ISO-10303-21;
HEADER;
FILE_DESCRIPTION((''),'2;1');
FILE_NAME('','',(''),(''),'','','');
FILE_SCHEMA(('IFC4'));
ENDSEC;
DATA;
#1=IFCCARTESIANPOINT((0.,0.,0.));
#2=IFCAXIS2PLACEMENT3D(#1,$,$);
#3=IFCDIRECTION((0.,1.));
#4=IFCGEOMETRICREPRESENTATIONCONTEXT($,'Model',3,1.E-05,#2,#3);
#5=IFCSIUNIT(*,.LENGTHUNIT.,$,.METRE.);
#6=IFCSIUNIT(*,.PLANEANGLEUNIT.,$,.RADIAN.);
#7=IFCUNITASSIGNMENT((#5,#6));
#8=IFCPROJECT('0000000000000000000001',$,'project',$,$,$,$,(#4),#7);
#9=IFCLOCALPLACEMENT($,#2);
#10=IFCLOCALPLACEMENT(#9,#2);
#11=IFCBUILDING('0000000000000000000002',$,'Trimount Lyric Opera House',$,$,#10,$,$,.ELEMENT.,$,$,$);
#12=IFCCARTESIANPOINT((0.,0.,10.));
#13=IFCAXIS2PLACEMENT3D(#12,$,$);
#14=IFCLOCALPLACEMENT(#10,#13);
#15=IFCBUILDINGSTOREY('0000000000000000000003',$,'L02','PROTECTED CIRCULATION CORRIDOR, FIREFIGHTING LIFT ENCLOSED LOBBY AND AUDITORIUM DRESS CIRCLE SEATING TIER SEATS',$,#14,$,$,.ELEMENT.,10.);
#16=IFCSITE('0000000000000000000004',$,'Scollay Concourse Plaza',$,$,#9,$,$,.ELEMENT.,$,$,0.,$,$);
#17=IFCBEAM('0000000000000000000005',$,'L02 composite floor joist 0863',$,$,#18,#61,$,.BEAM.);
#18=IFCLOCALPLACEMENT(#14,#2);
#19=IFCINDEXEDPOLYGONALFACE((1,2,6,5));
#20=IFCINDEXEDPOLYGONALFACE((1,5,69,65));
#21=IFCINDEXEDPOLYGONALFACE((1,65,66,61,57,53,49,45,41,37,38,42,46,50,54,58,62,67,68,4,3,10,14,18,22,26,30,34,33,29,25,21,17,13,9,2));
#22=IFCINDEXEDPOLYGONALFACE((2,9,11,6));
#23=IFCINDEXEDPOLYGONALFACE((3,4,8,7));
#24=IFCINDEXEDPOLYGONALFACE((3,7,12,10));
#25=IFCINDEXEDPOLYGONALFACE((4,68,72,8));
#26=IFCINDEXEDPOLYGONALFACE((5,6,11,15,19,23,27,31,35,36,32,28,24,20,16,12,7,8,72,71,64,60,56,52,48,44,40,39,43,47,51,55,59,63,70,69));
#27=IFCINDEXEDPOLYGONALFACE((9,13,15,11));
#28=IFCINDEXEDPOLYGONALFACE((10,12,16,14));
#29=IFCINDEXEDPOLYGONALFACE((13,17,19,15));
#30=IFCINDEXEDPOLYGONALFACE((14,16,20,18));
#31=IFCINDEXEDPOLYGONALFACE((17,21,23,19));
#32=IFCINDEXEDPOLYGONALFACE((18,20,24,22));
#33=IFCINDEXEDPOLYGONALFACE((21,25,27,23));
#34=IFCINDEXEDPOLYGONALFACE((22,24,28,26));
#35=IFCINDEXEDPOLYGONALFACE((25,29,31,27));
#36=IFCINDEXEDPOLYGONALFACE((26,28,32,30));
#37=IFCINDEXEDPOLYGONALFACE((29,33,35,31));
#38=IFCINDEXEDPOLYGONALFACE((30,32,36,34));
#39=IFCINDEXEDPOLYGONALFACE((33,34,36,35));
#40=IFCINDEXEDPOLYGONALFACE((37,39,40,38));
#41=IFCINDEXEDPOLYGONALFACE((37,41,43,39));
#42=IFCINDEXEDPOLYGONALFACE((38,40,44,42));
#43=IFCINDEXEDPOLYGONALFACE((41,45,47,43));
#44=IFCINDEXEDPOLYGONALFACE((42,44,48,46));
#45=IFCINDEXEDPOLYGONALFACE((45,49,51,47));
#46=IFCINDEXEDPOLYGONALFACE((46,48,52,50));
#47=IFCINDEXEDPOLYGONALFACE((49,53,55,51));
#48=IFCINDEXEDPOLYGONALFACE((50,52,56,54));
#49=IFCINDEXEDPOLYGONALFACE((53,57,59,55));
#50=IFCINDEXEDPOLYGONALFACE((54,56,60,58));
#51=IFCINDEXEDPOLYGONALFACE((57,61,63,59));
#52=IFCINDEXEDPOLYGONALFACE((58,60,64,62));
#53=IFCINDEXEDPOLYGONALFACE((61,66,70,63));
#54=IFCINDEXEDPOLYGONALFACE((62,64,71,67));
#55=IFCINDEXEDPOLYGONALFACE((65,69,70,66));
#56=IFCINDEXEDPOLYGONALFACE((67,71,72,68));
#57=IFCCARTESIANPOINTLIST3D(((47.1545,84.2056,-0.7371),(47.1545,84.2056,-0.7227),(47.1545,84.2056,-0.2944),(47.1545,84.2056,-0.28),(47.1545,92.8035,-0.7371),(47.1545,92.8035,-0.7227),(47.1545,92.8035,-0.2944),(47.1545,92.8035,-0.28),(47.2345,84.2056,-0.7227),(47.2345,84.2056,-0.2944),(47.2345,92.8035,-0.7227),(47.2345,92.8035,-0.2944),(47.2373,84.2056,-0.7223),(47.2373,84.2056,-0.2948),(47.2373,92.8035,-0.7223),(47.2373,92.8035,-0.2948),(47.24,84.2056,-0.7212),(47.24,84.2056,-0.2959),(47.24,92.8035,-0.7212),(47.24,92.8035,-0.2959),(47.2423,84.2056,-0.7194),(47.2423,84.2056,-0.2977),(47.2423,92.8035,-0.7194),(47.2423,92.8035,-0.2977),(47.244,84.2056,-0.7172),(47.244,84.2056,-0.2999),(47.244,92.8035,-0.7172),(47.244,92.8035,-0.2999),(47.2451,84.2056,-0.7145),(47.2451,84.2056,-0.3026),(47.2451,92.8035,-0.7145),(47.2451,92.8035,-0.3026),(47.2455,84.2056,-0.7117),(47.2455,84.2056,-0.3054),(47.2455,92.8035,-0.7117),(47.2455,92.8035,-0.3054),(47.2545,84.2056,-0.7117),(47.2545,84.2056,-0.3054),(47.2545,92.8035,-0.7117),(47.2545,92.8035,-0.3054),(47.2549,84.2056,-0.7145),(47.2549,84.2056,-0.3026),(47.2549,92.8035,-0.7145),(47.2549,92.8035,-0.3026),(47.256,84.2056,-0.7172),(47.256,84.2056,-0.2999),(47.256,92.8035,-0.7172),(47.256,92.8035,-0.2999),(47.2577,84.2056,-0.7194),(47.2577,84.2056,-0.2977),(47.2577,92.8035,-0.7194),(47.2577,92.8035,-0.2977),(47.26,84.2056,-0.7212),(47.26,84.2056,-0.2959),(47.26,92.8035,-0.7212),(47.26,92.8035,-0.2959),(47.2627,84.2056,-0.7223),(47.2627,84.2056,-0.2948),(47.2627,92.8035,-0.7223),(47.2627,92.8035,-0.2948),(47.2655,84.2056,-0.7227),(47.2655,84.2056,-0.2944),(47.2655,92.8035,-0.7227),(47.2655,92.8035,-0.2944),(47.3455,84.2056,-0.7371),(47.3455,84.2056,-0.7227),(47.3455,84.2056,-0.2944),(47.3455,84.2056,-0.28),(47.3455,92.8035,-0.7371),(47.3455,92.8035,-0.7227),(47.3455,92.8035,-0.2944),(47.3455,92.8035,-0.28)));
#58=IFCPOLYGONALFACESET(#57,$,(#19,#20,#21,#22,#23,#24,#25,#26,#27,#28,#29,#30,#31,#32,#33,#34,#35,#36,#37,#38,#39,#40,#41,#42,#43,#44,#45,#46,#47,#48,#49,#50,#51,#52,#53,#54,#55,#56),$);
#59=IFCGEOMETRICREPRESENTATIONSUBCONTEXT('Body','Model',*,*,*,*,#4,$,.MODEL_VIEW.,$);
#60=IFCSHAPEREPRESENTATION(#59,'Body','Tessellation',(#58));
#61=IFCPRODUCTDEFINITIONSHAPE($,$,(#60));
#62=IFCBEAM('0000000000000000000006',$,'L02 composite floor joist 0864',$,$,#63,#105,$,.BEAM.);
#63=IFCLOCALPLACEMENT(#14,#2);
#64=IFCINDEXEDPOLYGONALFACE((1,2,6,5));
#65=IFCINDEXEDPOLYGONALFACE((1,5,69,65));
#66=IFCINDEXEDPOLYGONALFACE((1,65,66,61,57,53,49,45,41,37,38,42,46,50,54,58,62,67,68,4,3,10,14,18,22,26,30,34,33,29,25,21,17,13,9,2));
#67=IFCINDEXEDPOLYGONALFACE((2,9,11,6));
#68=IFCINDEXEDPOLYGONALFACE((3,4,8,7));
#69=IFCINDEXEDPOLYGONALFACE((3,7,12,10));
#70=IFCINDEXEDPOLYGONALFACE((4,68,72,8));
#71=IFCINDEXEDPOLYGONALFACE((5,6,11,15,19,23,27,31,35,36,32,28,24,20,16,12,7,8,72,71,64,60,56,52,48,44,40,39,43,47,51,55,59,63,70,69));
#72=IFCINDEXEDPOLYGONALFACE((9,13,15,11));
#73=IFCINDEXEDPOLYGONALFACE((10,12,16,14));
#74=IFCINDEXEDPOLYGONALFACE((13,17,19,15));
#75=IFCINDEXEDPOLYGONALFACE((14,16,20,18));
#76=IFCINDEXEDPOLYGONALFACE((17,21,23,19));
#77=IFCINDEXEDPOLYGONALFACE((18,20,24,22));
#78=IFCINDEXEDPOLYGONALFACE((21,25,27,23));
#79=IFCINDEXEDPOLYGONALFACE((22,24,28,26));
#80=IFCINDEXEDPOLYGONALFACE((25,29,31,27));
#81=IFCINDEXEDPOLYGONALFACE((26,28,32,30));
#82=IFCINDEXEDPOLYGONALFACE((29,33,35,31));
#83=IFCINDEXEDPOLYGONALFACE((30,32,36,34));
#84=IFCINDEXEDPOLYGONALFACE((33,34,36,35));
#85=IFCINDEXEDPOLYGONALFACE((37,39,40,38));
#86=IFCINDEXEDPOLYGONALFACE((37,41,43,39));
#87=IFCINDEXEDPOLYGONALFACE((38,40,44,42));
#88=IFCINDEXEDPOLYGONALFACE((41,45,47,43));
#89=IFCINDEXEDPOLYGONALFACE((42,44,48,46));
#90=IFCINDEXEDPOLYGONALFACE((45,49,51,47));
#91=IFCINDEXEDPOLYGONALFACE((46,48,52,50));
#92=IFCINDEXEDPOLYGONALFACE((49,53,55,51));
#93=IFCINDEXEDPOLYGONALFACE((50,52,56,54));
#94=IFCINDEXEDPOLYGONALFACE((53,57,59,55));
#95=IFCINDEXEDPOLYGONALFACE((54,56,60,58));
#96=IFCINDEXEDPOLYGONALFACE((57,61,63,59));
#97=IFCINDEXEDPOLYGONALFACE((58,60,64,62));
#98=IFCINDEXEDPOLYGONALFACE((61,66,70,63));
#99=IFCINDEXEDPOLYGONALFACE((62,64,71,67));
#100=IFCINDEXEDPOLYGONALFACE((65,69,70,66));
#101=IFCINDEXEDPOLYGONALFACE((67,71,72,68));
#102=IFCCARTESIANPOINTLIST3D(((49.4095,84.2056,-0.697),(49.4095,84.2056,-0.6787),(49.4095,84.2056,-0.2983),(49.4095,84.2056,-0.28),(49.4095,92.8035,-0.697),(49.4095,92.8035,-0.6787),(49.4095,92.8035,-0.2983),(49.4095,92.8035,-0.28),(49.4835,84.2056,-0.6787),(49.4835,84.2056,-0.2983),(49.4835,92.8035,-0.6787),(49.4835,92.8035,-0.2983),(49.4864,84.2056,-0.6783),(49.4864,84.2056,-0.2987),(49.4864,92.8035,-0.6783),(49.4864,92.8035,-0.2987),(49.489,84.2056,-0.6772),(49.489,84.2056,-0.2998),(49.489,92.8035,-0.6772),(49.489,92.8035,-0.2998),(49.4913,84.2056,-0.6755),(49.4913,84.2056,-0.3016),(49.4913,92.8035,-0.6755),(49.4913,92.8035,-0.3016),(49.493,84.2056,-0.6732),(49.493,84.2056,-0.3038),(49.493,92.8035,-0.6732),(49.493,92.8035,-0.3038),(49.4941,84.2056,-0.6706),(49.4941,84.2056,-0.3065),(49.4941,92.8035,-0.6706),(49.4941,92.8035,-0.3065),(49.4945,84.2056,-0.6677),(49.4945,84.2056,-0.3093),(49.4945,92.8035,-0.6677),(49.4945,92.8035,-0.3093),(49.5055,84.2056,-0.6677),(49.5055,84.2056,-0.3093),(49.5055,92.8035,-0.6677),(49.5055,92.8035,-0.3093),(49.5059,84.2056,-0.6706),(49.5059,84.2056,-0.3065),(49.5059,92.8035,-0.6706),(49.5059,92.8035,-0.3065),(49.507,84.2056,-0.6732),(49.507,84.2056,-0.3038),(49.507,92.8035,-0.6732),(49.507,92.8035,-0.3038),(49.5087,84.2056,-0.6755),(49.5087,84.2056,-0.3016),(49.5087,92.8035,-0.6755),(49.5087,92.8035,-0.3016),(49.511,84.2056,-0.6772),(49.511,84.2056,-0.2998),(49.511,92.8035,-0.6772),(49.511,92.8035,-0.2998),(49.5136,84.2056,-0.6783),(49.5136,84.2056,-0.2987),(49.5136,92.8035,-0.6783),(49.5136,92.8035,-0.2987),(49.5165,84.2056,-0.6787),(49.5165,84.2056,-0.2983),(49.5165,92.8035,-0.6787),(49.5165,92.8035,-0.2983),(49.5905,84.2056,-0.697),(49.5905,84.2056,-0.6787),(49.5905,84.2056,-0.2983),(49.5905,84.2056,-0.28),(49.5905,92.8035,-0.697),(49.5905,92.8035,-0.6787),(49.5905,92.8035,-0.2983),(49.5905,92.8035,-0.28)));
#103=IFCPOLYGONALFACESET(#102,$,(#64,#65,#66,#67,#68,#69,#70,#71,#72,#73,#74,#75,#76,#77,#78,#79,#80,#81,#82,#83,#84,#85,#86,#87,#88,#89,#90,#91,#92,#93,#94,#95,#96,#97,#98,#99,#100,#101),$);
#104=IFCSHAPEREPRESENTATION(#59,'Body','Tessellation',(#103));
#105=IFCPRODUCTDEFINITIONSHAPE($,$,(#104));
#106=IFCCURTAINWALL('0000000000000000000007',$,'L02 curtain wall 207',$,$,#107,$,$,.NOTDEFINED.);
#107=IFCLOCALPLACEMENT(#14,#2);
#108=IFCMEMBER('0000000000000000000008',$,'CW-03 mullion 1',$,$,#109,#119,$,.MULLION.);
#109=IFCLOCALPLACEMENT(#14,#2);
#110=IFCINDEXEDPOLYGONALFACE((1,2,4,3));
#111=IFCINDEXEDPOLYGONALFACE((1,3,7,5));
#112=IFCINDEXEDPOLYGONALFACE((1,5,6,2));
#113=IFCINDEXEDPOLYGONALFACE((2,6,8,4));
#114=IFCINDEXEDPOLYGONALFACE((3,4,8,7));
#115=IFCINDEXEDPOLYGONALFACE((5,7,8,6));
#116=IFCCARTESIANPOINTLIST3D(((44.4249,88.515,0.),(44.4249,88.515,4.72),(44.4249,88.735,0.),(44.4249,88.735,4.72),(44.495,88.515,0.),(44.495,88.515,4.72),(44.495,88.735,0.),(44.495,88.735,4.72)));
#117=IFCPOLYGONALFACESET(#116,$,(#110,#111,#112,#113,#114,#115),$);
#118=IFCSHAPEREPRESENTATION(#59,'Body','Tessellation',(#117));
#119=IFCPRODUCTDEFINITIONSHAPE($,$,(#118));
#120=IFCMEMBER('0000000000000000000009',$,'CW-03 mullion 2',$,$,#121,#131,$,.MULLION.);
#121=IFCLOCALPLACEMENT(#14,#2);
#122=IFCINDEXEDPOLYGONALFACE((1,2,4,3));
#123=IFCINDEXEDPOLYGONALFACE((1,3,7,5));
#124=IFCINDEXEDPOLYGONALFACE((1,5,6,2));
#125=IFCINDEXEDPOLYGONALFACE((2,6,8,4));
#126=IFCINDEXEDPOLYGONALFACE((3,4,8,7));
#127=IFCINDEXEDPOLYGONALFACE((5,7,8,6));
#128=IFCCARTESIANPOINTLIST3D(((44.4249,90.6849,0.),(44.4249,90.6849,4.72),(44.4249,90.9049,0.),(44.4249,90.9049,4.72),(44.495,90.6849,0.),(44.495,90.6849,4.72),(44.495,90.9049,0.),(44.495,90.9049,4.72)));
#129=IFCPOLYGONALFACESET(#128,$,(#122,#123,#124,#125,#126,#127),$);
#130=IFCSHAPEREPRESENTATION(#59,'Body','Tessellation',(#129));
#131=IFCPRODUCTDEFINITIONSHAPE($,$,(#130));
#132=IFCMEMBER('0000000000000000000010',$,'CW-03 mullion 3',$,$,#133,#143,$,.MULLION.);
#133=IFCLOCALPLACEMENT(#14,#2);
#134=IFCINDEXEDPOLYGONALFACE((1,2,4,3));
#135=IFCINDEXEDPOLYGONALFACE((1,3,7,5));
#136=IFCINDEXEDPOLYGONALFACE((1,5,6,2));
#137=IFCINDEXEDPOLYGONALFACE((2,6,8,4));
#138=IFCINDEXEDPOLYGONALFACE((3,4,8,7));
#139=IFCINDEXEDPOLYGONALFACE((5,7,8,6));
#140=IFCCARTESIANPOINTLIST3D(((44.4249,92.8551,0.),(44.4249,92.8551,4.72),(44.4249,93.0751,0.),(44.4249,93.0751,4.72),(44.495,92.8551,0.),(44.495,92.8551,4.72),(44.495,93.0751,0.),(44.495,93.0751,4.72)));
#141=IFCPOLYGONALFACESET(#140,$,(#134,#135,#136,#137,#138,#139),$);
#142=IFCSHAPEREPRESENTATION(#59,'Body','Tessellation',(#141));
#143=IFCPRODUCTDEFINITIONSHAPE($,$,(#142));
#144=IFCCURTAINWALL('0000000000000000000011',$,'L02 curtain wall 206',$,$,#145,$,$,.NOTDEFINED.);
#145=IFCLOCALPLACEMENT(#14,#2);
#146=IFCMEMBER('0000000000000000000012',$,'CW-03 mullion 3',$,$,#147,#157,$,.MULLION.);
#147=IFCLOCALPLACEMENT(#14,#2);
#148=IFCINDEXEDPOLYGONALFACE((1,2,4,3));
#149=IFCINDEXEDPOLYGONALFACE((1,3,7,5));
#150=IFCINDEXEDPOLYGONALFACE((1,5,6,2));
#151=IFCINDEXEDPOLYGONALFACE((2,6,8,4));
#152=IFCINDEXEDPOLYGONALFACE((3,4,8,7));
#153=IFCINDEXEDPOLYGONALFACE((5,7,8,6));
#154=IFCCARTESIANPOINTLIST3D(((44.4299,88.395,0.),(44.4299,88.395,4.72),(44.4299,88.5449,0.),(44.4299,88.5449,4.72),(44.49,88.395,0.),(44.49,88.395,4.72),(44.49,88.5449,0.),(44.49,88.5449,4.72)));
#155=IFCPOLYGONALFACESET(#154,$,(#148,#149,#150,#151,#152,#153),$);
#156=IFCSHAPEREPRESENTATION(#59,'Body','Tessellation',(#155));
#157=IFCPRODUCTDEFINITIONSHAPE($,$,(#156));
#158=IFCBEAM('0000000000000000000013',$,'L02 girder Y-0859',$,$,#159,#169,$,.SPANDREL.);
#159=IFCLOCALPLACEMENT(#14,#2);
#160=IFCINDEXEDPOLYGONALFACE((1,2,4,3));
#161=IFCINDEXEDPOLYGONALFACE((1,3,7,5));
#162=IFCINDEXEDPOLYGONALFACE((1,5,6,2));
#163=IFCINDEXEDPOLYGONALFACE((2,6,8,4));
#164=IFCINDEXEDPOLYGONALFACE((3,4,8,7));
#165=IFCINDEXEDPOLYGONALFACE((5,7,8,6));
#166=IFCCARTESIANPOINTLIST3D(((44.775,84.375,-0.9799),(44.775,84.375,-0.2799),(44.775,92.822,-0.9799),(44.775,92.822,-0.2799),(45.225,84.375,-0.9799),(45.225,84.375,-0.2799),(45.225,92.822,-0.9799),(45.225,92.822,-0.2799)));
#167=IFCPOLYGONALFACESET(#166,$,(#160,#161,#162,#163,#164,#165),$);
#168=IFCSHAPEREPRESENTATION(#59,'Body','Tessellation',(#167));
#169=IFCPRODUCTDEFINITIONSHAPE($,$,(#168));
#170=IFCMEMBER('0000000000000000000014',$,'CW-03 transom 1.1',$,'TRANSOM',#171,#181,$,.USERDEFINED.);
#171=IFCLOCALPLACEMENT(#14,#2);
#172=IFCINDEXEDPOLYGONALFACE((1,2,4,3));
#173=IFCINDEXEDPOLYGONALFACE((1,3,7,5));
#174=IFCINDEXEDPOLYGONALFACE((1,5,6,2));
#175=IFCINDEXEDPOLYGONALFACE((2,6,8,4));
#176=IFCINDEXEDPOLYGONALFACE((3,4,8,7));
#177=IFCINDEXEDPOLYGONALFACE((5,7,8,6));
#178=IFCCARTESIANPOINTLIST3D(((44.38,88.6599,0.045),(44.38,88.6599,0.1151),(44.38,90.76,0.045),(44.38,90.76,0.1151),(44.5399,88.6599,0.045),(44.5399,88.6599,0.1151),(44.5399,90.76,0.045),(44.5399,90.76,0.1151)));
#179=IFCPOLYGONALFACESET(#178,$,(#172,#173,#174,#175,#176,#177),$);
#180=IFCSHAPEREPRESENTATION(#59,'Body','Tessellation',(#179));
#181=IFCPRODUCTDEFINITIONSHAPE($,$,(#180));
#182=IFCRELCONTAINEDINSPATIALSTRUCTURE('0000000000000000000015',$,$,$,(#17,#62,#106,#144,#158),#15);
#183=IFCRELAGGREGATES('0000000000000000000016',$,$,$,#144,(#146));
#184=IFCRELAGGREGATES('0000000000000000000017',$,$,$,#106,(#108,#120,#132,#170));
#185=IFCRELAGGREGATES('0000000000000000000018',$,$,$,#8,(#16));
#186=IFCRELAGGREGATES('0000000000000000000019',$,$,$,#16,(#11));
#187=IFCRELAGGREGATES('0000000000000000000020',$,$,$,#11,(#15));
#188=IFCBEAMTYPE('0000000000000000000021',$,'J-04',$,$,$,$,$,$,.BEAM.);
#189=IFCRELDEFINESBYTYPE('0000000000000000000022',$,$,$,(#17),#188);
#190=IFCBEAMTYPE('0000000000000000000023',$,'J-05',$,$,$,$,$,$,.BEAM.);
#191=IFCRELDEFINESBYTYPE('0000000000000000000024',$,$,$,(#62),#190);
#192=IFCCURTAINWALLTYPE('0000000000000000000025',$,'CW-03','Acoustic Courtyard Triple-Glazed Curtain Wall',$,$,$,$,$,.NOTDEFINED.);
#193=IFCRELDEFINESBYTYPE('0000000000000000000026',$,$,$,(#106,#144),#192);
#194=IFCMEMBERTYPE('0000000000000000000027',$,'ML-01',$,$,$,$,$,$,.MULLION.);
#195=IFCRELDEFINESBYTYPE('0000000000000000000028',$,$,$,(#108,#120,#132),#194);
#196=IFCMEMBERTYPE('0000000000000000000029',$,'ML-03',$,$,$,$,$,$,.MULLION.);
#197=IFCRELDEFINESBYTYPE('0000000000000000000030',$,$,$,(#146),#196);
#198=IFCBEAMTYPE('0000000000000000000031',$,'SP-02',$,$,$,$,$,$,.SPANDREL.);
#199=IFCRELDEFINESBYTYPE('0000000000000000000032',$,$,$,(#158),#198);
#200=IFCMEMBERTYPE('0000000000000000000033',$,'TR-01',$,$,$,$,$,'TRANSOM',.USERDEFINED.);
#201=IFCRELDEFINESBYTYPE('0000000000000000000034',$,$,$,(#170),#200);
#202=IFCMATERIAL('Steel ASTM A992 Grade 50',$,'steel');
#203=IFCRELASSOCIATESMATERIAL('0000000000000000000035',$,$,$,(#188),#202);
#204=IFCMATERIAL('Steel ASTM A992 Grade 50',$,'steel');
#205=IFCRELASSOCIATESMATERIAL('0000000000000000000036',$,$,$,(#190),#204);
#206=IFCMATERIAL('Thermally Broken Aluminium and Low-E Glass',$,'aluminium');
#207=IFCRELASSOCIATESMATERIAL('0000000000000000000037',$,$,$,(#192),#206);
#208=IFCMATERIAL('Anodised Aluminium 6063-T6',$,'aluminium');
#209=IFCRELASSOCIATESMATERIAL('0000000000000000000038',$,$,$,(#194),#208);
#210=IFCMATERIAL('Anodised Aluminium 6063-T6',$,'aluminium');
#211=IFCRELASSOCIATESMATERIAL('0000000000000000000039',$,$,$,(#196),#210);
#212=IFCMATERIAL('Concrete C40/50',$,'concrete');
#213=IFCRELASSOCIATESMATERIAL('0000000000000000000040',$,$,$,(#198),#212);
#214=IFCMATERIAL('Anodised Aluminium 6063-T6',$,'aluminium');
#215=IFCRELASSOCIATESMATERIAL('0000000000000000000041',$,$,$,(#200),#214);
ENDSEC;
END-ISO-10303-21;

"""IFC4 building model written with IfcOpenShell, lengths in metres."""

from ifc_helpers import new_model, si_unit, direction, frame, origin, origin_2d, place, context, subcontext, project, spatial, rectangle, i_section, extrude, material, material_profile, profile_set, type_object, element, aggregate, save


model = new_model("IFC4")

# Units and contexts
model_context = context("Model", 3, precision=1e-05, world=origin(), true_north=direction((0.0, 1.0)))
body_context = subcontext(model_context, "Body", "Model", "MODEL_VIEW")
ifc_project = project(units=[si_unit("LENGTHUNIT", "METRE"), si_unit("PLANEANGLEUNIT", "RADIAN")], contexts=[model_context])

# Site, building, storey
site_placement = place(None, origin())
site = spatial("IfcSite", under=ifc_project, at=site_placement, Name="Scollay Concourse Plaza", CompositionType="ELEMENT", RefElevation=0.0)
building_placement = place(site_placement, origin())
building = spatial("IfcBuilding", under=site, at=building_placement, Name="Trimount Lyric Opera House", CompositionType="ELEMENT")
storey_placement = place(building_placement, frame((0.0, 0.0, 10.0)))
storey = spatial("IfcBuildingStorey", under=building, at=storey_placement, Name="L02", Description="PROTECTED CIRCULATION CORRIDOR, FIREFIGHTING LIFT ENCLOSED LOBBY AND AUDITORIUM DRESS CIRCLE SEATING TIER SEATS", CompositionType="ELEMENT", Elevation=10.0)

# Beams
ifc_material_1 = material(Name="Steel ASTM A992 Grade 50", Category="steel")
ifc_material_profile_1 = material_profile(ifc_material_1, i_section(OverallWidth=0.1909, OverallDepth=0.457, WebThickness=0.009, FlangeThickness=0.0144, FilletRadius=0.011, at=origin_2d()), Name="W18X50")
ifc_profile_set_1 = profile_set([ifc_material_profile_1], Name="Steel ASTM A992 Grade 50")
beam_type_1 = type_object("IfcBeamType", Name="J-04", PredefinedType="BEAM", material=ifc_profile_set_1)
beam_1_placement = place(storey_placement, frame((47.25, 84.2056, -0.5085), z_axis=(0.0, 1.0, 0.0), x_axis=(-1.0, 0.0, 0.0)))
element("IfcBeam", 1, at=beam_1_placement, inside=storey, type_object=beam_type_1, Name="L02 composite floor joist 0863", PredefinedType="BEAM", context=body_context, shape_type="SweptSolid", body=[
    extrude(i_section(OverallWidth=0.1909, OverallDepth=0.457, WebThickness=0.009, FlangeThickness=0.0144, FilletRadius=0.011, at=origin_2d()), origin(), (0.0, 0.0, 1.0), 8.5979),
])
ifc_material_2 = material(Name="Steel ASTM A992 Grade 50", Category="steel")
ifc_material_profile_2 = material_profile(ifc_material_2, i_section(OverallWidth=0.1809, OverallDepth=0.417, WebThickness=0.011, FlangeThickness=0.0183, FilletRadius=0.011, at=origin_2d()), Name="W16X57")
ifc_profile_set_2 = profile_set([ifc_material_profile_2], Name="Steel ASTM A992 Grade 50")
beam_type_2 = type_object("IfcBeamType", Name="J-05", PredefinedType="BEAM", material=ifc_profile_set_2)
beam_2_placement = place(storey_placement, frame((49.5, 84.2056, -0.4885), z_axis=(0.0, 1.0, 0.0), x_axis=(-1.0, 0.0, 0.0)))
element("IfcBeam", 2, at=beam_2_placement, inside=storey, type_object=beam_type_2, Name="L02 composite floor joist 0864", PredefinedType="BEAM", context=body_context, shape_type="SweptSolid", body=[
    extrude(i_section(OverallWidth=0.1809, OverallDepth=0.417, WebThickness=0.011, FlangeThickness=0.0183, FilletRadius=0.011, at=origin_2d()), origin(), (0.0, 0.0, 1.0), 8.5979),
])

# Curtain wall, members
ifc_material_3 = material(Name="Thermally Broken Aluminium and Low-E Glass", Category="aluminium")
curtain_wall_type = type_object("IfcCurtainWallType", Name="CW-03", Description="Acoustic Courtyard Triple-Glazed Curtain Wall", PredefinedType="NOTDEFINED", material=ifc_material_3)
curtain_wall_1_placement = place(storey_placement, origin())
curtain_wall_1 = element("IfcCurtainWall", 3, at=curtain_wall_1_placement, inside=storey, type_object=curtain_wall_type, Name="L02 curtain wall 207", PredefinedType="NOTDEFINED")
ifc_material_4 = material(Name="Anodised Aluminium 6063-T6", Category="aluminium")
ifc_material_profile_3 = material_profile(ifc_material_4, rectangle(XDim=0.0701, YDim=0.22, at=origin_2d()), Name="ALU-MULL-70X220")
ifc_profile_set_3 = profile_set([ifc_material_profile_3], Name="Anodised Aluminium 6063-T6")
member_type_1 = type_object("IfcMemberType", Name="ML-01", PredefinedType="MULLION", material=ifc_profile_set_3)
member_1_placement = place(storey_placement, frame((44.46, 88.625, 0.0), z_axis=(0.0, 0.0, 1.0), x_axis=(-1.0, 0.0, 0.0)))
member_1 = element("IfcMember", 4, at=member_1_placement, type_object=member_type_1, Name="CW-03 mullion 1", PredefinedType="MULLION", context=body_context, shape_type="SweptSolid", body=[
    extrude(rectangle(XDim=0.0701, YDim=0.22, at=origin_2d()), origin(), (0.0, 0.0, 1.0), 4.72),
])
member_2_placement = place(storey_placement, frame((44.46, 90.7949, 0.0), z_axis=(0.0, 0.0, 1.0), x_axis=(-1.0, 0.0, 0.0)))
member_2 = element("IfcMember", 5, at=member_2_placement, type_object=member_type_1, Name="CW-03 mullion 2", PredefinedType="MULLION", context=body_context, shape_type="SweptSolid", body=[
    extrude(rectangle(XDim=0.0701, YDim=0.22, at=origin_2d()), origin(), (0.0, 0.0, 1.0), 4.72),
])
member_3_placement = place(storey_placement, frame((44.46, 92.9651, 0.0), z_axis=(0.0, 0.0, 1.0), x_axis=(-1.0, 0.0, 0.0)))
member_3 = element("IfcMember", 6, at=member_3_placement, type_object=member_type_1, Name="CW-03 mullion 3", PredefinedType="MULLION", context=body_context, shape_type="SweptSolid", body=[
    extrude(rectangle(XDim=0.0701, YDim=0.22, at=origin_2d()), origin(), (0.0, 0.0, 1.0), 4.72),
])

# Curtain wall, member
curtain_wall_2_placement = place(storey_placement, origin())
curtain_wall_2 = element("IfcCurtainWall", 7, at=curtain_wall_2_placement, inside=storey, type_object=curtain_wall_type, Name="L02 curtain wall 206", PredefinedType="NOTDEFINED")
ifc_material_5 = material(Name="Anodised Aluminium 6063-T6", Category="aluminium")
ifc_material_profile_4 = material_profile(ifc_material_5, rectangle(XDim=0.0601, YDim=0.1499, at=origin_2d()), Name="ALU-MULL-60X150")
ifc_profile_set_4 = profile_set([ifc_material_profile_4], Name="Anodised Aluminium 6063-T6")
member_type_2 = type_object("IfcMemberType", Name="ML-03", PredefinedType="MULLION", material=ifc_profile_set_4)
member_4_placement = place(storey_placement, frame((44.46, 88.47, 0.0), z_axis=(0.0, 0.0, 1.0), x_axis=(-1.0, 0.0, 0.0)))
member_4 = element("IfcMember", 8, at=member_4_placement, type_object=member_type_2, Name="CW-03 mullion 3", PredefinedType="MULLION", context=body_context, shape_type="SweptSolid", body=[
    extrude(rectangle(XDim=0.0601, YDim=0.1499, at=origin_2d()), origin(), (0.0, 0.0, 1.0), 4.72),
])

# Beam
ifc_material_6 = material(Name="Concrete C40/50", Category="concrete")
ifc_material_profile_5 = material_profile(ifc_material_6, rectangle(XDim=0.45, YDim=0.7, at=origin_2d()), Name="RC450X700")
ifc_profile_set_5 = profile_set([ifc_material_profile_5], Name="Concrete C40/50")
beam_type_3 = type_object("IfcBeamType", Name="SP-02", PredefinedType="SPANDREL", material=ifc_profile_set_5)
beam_3_placement = place(storey_placement, frame((45.0, 84.375, -0.6299), z_axis=(0.0, 1.0, 0.0), x_axis=(-1.0, 0.0, 0.0)))
element("IfcBeam", 9, at=beam_3_placement, inside=storey, type_object=beam_type_3, Name="L02 girder Y-0859", PredefinedType="SPANDREL", context=body_context, shape_type="SweptSolid", body=[
    extrude(rectangle(XDim=0.45, YDim=0.7, at=origin_2d()), origin(), (0.0, 0.0, 1.0), 8.447),
])

# Member
ifc_material_7 = material(Name="Anodised Aluminium 6063-T6", Category="aluminium")
ifc_material_profile_6 = material_profile(ifc_material_7, rectangle(XDim=0.1599, YDim=0.0701, at=origin_2d()), Name="ALU-TRAN-70X160")
ifc_profile_set_6 = profile_set([ifc_material_profile_6], Name="Anodised Aluminium 6063-T6")
member_type_3 = type_object("IfcMemberType", Name="TR-01", ElementType="TRANSOM", PredefinedType="USERDEFINED", material=ifc_profile_set_6)
member_5_placement = place(storey_placement, frame((44.46, 88.6599, 0.0801), z_axis=(0.0, 1.0, 0.0), x_axis=(-1.0, 0.0, 0.0)))
member_5 = element("IfcMember", 10, at=member_5_placement, type_object=member_type_3, Name="CW-03 transom 1.1", ObjectType="TRANSOM", PredefinedType="USERDEFINED", context=body_context, shape_type="SweptSolid", body=[
    extrude(rectangle(XDim=0.1599, YDim=0.0701, at=origin_2d()), origin(), (0.0, 0.0, 1.0), 2.1001),
])

aggregate(curtain_wall_2, [member_4])
aggregate(curtain_wall_1, [member_1, member_2, member_3, member_5])

save(model, "model.ifc")
